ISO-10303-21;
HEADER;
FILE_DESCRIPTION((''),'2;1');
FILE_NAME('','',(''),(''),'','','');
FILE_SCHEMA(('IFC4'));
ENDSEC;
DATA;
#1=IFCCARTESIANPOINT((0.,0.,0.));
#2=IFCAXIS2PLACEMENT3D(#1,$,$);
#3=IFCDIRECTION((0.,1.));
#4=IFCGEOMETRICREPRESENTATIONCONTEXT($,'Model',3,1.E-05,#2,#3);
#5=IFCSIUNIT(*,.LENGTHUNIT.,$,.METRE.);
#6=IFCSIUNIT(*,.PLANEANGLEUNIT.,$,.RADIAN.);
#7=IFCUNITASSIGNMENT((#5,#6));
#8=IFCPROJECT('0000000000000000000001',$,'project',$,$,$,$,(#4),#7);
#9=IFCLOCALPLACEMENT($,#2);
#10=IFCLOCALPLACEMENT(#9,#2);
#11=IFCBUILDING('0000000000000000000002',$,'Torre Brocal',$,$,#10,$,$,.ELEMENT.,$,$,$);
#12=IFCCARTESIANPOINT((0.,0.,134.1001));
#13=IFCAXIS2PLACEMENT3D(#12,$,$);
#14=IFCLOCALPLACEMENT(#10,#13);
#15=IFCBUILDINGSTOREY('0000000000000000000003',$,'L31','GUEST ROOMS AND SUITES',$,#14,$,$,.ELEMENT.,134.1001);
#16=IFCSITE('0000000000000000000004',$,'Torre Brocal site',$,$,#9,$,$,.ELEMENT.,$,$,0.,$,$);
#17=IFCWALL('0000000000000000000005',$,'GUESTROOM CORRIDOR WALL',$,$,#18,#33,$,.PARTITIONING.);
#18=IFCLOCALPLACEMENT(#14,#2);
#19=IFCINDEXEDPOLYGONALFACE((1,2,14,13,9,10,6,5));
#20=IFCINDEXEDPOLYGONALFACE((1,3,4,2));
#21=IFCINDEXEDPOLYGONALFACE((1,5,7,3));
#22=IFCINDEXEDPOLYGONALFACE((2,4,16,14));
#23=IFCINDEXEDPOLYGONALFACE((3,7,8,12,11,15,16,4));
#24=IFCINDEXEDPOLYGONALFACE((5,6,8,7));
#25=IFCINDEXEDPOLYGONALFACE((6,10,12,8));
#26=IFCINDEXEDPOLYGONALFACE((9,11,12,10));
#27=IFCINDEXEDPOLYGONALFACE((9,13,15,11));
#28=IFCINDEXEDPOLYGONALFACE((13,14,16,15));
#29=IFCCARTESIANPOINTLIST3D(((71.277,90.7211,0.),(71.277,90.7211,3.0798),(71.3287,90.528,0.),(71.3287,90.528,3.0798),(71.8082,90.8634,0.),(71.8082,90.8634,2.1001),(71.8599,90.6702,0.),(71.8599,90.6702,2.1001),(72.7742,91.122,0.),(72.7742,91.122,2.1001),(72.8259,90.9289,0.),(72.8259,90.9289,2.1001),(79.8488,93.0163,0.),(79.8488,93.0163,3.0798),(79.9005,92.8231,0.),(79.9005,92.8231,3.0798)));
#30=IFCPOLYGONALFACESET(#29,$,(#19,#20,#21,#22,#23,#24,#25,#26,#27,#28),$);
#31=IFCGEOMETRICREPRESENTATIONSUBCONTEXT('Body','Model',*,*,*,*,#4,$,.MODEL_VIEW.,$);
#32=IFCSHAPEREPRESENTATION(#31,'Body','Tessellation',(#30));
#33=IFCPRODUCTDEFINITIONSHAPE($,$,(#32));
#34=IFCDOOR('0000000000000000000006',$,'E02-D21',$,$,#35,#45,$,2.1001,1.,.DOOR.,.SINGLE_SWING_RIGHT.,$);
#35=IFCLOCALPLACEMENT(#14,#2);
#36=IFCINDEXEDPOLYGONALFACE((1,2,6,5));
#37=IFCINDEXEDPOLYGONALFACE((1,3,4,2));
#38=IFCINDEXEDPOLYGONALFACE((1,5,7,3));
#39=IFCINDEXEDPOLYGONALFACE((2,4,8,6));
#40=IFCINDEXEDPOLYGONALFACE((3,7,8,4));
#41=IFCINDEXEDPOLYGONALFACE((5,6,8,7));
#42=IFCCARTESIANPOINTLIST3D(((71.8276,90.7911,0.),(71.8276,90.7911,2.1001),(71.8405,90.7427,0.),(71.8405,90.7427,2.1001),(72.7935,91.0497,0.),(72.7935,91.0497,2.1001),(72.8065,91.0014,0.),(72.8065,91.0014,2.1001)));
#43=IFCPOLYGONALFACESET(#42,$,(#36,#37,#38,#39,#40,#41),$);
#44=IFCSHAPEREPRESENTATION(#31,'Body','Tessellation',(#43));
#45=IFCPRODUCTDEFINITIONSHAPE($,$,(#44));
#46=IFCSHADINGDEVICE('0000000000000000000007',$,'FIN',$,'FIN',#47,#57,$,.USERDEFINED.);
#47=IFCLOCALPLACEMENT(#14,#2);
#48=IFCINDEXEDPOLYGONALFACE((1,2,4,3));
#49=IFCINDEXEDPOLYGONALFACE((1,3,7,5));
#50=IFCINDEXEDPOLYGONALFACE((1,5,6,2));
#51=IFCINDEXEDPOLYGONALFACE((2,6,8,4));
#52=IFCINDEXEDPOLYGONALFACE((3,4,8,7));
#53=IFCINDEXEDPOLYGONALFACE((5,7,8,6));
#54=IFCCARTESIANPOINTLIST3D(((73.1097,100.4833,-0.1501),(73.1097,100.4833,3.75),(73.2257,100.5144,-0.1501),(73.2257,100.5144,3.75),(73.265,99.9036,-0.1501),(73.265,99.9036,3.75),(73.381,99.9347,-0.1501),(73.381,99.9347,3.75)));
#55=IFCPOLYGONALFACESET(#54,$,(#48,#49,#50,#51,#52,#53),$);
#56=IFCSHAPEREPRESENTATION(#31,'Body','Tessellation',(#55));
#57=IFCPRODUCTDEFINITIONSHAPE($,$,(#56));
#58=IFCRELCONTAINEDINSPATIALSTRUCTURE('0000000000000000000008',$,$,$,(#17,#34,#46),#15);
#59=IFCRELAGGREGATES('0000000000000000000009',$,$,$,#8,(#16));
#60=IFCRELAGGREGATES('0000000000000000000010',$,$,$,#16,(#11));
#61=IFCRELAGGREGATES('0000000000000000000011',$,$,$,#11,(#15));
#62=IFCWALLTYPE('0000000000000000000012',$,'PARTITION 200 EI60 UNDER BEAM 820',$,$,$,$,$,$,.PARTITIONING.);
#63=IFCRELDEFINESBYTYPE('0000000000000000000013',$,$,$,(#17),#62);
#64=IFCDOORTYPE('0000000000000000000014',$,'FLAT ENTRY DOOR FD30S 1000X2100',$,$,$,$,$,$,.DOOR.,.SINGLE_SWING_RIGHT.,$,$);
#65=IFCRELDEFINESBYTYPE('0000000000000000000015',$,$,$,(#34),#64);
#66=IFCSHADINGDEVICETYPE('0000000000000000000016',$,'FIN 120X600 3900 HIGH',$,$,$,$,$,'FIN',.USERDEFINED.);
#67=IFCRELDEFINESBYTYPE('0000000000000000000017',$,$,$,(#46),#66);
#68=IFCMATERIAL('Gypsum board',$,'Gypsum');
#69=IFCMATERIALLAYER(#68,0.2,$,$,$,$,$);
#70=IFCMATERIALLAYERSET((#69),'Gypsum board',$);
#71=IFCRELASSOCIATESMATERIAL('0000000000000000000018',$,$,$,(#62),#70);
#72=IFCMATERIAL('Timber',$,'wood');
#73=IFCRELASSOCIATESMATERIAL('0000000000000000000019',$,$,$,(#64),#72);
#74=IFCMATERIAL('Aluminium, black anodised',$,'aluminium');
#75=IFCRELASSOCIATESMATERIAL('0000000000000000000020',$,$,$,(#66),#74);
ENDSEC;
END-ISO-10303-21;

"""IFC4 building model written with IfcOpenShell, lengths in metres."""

from ifc_helpers import new_model, si_unit, direction, frame, frame_2d, origin, origin_2d, place, context, subcontext, project, spatial, rectangle, extrude, material, layer, layer_set, material_profile, profile_set, type_object, element, fill, save


model = new_model("IFC4")

# Units and contexts
model_context = context("Model", 3, precision=1e-05, world=origin(), true_north=direction((0.0, 1.0)))
body_context = subcontext(model_context, "Body", "Model", "MODEL_VIEW")
ifc_project = project(units=[si_unit("LENGTHUNIT", "METRE"), si_unit("PLANEANGLEUNIT", "RADIAN")], contexts=[model_context])

# Site, building, storey
site_placement = place(None, origin())
site = spatial("IfcSite", under=ifc_project, at=site_placement, Name="Torre Brocal site", CompositionType="ELEMENT", RefElevation=0.0)
building_placement = place(site_placement, origin())
building = spatial("IfcBuilding", under=site, at=building_placement, Name="Torre Brocal", CompositionType="ELEMENT")
storey_placement = place(building_placement, frame((0.0, 0.0, 134.1001)))
storey = spatial("IfcBuildingStorey", under=building, at=storey_placement, Name="L31", Description="GUEST ROOMS AND SUITES", CompositionType="ELEMENT", Elevation=134.1001)

# Wall, opening, door
ifc_material_1 = material(Name="Gypsum board", Category="Gypsum")
ifc_layer_1 = layer(ifc_material_1, 0.2)
ifc_layer_set_1 = layer_set([ifc_layer_1], Name="Gypsum board")
wall_type_1 = type_object("IfcWallType", Name="PARTITION 200 EI60 UNDER BEAM 820", PredefinedType="PARTITIONING", material=ifc_layer_set_1)
wall_1_placement = place(storey_placement, frame((71.3027, 90.6245, 0.0), z_axis=(0.0, 0.0, 1.0), x_axis=(0.965972, 0.258647, 0.0)))
wall_1 = element("IfcWall", 1, at=wall_1_placement, inside=storey, type_object=wall_type_1, Name="GUESTROOM CORRIDOR WALL", PredefinedType="PARTITIONING", context=body_context, shape_type="SweptSolid", body=[
    extrude(rectangle(XDim=8.8738, YDim=0.2, at=frame_2d((4.437, 0.0))), origin(), (0.0, 0.0, 1.0), 3.0798),
])
opening_1_placement = place(wall_1_placement, frame((0.55, 0.0, 0.0)))
opening_1 = element("IfcOpeningElement", 2, at=opening_1_placement, cuts=wall_1, PredefinedType="OPENING", context=body_context, shape_type="SweptSolid", body=[
    extrude(rectangle(XDim=1.0, YDim=2.1001, at=frame_2d((0.5, 1.05))), frame((0.0, 0.1099, 0.0), z_axis=(0.0, -1.0, 0.0), x_axis=(1.0, 0.0, 0.0)), (0.0, 0.0, 1.0), 0.22),
])
ifc_material_2 = material(Name="Timber", Category="wood")
door_type_1 = type_object("IfcDoorType", Name="FLAT ENTRY DOOR FD30S 1000X2100", OperationType="SINGLE_SWING_RIGHT", PredefinedType="DOOR", material=ifc_material_2)
door_1_placement = place(opening_1_placement, frame((1.0, 0.0, 0.0), z_axis=(0.0, 0.0, 1.0), x_axis=(-1.0, 0.0, 0.0)))
door_1 = element("IfcDoor", 3, at=door_1_placement, inside=storey, type_object=door_type_1, Name="E02-D21", OperationType="SINGLE_SWING_RIGHT", OverallHeight=2.1001, OverallWidth=1.0, PredefinedType="DOOR", context=body_context, shape_type="SweptSolid", body=[
    extrude(rectangle(XDim=1.0, YDim=2.1001, at=frame_2d((0.5, 1.05))), frame((0.0, 0.0249, 0.0), z_axis=(0.0, -1.0, 0.0), x_axis=(1.0, 0.0, 0.0)), (0.0, 0.0, 1.0), 0.05),
])
fill(opening_1, door_1)

# Shading device
ifc_material_3 = material(Name="Aluminium, black anodised", Category="aluminium")
ifc_material_profile_1 = material_profile(ifc_material_3, rectangle(XDim=0.1201, YDim=0.6001, at=origin_2d()), Name="FIN 120X600 3900 HIGH")
ifc_profile_set_1 = profile_set([ifc_material_profile_1], Name="Aluminium, black anodised")
shading_device_type = type_object("IfcShadingDeviceType", Name="FIN 120X600 3900 HIGH", ElementType="FIN", PredefinedType="USERDEFINED", material=ifc_profile_set_1)
shading_device_placement = place(storey_placement, frame((73.2454, 100.209, -0.1501), z_axis=(0.0, 0.0, 1.0), x_axis=(-0.965926, -0.258819, 0.0)))
element("IfcShadingDevice", 4, at=shading_device_placement, inside=storey, type_object=shading_device_type, Name="FIN", ObjectType="FIN", PredefinedType="USERDEFINED", context=body_context, shape_type="SweptSolid", body=[
    extrude(rectangle(XDim=0.1201, YDim=0.6001, at=origin_2d()), origin(), (0.0, 0.0, 1.0), 3.9001),
])

save(model, "model.ifc")
